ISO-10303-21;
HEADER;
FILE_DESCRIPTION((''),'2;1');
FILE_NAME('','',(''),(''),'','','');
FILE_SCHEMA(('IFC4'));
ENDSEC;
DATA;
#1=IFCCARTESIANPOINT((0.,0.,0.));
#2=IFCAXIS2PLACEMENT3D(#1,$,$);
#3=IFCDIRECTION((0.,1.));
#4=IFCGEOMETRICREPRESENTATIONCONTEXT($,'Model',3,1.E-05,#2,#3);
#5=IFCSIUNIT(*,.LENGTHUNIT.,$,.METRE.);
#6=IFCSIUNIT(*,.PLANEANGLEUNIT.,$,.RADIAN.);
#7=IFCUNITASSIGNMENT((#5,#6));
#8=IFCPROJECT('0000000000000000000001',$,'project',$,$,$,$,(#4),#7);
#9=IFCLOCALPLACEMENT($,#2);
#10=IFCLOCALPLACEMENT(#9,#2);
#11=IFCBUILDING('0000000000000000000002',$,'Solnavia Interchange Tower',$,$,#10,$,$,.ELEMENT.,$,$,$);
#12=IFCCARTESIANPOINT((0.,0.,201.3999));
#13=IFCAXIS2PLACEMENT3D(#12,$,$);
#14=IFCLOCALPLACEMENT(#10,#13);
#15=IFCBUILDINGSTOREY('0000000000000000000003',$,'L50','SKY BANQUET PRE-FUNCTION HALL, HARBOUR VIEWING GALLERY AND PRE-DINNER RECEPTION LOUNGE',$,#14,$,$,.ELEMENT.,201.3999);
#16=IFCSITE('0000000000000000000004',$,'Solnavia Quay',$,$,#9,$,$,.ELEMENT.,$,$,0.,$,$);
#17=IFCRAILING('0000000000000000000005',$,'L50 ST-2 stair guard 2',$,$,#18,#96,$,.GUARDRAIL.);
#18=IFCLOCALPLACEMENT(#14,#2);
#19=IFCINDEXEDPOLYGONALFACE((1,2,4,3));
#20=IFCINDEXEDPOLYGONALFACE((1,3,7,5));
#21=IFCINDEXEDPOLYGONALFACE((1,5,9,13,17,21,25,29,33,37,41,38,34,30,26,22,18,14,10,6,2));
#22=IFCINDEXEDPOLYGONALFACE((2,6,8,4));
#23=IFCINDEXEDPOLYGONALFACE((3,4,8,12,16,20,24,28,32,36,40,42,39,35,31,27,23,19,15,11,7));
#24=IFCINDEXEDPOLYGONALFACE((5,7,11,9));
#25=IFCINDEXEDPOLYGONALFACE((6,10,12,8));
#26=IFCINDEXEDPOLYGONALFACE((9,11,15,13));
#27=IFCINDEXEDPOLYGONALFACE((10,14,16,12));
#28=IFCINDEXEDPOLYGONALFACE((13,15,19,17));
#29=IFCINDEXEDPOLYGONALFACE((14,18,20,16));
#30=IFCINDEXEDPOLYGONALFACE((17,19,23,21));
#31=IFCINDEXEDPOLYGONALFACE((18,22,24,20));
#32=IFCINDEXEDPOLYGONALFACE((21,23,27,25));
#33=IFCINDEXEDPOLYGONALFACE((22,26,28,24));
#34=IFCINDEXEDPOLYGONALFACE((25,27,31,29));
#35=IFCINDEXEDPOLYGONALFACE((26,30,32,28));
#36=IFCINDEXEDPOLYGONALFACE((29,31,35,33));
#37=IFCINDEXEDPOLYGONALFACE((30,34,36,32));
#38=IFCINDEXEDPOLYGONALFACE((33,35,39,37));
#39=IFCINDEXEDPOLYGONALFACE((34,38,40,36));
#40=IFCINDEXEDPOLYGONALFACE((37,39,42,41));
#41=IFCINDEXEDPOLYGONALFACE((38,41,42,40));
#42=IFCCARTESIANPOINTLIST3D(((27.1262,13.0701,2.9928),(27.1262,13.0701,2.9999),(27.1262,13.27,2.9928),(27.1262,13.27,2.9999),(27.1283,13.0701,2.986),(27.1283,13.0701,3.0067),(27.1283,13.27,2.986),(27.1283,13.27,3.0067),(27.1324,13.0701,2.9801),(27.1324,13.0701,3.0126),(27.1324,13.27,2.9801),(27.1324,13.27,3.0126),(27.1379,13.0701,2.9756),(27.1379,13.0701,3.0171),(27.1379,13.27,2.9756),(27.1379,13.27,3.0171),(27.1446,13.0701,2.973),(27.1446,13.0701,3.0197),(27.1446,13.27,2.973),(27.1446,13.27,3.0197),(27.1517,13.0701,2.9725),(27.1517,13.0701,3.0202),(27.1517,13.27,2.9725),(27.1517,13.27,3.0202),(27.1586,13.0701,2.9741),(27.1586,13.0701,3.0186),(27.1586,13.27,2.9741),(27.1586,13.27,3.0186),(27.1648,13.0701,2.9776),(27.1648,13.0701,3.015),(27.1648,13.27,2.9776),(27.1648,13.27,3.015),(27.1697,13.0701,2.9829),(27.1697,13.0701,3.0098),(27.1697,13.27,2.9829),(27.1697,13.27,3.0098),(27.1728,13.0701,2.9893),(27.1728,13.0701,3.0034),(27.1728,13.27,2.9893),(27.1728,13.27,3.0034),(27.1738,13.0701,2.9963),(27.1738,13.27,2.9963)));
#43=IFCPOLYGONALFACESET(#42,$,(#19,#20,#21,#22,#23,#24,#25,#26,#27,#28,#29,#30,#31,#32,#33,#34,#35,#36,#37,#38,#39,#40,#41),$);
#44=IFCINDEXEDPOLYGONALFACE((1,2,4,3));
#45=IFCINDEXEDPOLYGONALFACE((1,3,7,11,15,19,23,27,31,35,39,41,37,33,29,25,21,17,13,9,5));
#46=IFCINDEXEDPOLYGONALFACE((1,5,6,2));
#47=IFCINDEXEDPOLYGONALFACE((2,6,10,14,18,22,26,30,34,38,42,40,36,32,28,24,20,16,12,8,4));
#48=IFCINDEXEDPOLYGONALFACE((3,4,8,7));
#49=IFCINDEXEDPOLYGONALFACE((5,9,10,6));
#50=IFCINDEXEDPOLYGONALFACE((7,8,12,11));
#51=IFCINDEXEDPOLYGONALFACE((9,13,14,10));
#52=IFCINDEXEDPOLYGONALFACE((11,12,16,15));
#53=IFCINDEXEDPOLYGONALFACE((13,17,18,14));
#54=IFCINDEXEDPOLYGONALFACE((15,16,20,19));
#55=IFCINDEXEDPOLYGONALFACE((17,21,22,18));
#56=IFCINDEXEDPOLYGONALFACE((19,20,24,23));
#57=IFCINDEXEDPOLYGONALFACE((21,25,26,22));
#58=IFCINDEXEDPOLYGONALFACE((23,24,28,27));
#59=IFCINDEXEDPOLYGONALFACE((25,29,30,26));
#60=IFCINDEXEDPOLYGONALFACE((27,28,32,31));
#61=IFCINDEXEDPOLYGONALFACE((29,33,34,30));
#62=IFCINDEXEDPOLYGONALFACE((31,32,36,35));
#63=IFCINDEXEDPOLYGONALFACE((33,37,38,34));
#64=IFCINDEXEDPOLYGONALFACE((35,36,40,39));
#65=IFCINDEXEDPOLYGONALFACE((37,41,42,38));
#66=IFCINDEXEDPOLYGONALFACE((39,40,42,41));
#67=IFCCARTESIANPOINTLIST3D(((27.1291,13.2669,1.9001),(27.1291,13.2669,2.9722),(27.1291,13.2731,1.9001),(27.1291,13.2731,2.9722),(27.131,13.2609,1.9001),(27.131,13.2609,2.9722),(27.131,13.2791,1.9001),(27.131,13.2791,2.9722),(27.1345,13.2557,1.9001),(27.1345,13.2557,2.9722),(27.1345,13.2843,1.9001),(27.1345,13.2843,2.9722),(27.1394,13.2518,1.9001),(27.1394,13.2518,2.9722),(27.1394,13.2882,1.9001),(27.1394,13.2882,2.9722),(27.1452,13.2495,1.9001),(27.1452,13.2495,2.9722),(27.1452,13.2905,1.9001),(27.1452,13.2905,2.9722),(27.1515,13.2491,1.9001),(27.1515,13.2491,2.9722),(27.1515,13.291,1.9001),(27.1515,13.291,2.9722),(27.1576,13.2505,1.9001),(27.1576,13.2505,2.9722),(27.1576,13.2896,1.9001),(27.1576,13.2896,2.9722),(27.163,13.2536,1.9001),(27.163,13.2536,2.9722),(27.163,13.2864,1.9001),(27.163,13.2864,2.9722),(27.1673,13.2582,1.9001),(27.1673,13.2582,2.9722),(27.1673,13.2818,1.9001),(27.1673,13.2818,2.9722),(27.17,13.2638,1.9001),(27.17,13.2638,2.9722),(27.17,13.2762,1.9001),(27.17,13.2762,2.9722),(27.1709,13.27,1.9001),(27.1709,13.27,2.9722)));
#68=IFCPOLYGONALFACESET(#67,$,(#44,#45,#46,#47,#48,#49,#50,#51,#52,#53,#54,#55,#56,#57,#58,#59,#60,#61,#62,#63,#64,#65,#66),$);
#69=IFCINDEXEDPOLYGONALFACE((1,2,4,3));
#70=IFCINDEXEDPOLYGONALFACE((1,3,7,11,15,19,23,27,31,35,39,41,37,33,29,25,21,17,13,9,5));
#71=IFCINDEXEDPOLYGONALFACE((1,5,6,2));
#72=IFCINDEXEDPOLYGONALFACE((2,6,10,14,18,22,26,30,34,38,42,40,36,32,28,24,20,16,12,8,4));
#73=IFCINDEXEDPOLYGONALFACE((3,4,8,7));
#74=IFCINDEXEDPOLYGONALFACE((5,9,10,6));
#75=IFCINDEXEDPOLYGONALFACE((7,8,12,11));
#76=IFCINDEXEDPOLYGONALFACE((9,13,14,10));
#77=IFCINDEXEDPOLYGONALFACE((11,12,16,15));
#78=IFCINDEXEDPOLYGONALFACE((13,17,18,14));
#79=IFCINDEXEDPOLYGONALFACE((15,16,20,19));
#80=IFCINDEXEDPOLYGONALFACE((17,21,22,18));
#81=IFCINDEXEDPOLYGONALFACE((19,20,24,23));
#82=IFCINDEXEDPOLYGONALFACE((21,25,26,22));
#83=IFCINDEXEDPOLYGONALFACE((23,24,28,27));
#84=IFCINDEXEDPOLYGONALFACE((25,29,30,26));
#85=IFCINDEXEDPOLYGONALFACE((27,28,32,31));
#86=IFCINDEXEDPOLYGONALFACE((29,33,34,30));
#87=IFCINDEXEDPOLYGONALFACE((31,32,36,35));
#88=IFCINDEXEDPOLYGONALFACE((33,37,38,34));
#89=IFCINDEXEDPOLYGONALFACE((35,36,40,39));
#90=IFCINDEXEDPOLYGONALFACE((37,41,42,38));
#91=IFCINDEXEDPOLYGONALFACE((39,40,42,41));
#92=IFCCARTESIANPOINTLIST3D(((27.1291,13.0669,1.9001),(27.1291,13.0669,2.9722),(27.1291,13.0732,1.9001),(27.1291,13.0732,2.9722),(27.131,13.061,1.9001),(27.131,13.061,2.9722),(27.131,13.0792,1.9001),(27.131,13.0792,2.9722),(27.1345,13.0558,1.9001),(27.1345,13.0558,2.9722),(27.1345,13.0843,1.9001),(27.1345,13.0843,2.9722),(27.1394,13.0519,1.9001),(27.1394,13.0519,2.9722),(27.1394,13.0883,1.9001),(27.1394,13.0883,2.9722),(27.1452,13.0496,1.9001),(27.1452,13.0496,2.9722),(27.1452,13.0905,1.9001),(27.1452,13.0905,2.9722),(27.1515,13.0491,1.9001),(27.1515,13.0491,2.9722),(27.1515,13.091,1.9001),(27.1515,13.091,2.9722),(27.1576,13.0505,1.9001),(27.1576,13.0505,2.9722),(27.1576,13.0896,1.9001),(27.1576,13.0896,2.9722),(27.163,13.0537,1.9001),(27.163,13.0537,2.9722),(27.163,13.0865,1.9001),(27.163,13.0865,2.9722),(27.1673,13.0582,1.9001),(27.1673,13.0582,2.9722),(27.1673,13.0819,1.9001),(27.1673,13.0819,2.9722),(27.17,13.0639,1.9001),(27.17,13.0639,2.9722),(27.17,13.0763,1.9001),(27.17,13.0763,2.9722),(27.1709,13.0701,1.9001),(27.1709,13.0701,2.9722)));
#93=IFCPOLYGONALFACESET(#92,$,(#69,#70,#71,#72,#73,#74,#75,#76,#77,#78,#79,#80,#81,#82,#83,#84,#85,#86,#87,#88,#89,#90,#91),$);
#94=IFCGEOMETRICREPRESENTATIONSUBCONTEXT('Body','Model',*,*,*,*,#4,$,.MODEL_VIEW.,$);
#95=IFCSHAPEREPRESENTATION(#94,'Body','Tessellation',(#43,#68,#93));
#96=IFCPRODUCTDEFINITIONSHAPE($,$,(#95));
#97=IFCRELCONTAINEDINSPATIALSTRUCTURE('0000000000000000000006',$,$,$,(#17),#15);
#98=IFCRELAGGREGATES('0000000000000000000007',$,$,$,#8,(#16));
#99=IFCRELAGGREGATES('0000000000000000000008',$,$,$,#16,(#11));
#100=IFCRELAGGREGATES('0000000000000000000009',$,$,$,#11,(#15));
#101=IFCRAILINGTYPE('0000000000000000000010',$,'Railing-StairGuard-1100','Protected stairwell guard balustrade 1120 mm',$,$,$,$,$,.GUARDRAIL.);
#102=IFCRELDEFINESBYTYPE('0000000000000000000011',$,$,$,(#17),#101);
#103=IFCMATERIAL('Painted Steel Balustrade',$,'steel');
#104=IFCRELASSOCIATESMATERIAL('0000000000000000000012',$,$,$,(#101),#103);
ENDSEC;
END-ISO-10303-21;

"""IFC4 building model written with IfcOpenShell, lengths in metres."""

from ifc_helpers import new_model, si_unit, direction, frame, origin, origin_2d, place, context, subcontext, project, spatial, circle, extrude, material, type_object, element, save


model = new_model("IFC4")

# Units and contexts
model_context = context("Model", 3, precision=1e-05, world=origin(), true_north=direction((0.0, 1.0)))
body_context = subcontext(model_context, "Body", "Model", "MODEL_VIEW")
ifc_project = project(units=[si_unit("LENGTHUNIT", "METRE"), si_unit("PLANEANGLEUNIT", "RADIAN")], contexts=[model_context])

# Site, building, storey
site_placement = place(None, origin())
site = spatial("IfcSite", under=ifc_project, at=site_placement, Name="Solnavia Quay", CompositionType="ELEMENT", RefElevation=0.0)
building_placement = place(site_placement, origin())
building = spatial("IfcBuilding", under=site, at=building_placement, Name="Solnavia Interchange Tower", CompositionType="ELEMENT")
storey_placement = place(building_placement, frame((0.0, 0.0, 201.3999)))
storey = spatial("IfcBuildingStorey", under=building, at=storey_placement, Name="L50", Description="SKY BANQUET PRE-FUNCTION HALL, HARBOUR VIEWING GALLERY AND PRE-DINNER RECEPTION LOUNGE", CompositionType="ELEMENT", Elevation=201.3999)

# Railing
ifc_material_1 = material(Name="Painted Steel Balustrade", Category="steel")
railing_type_1 = type_object("IfcRailingType", Name="Railing-StairGuard-1100", Description="Protected stairwell guard balustrade 1120 mm", PredefinedType="GUARDRAIL", material=ifc_material_1)
railing_1_placement = place(storey_placement, frame((27.1499, 13.27, 1.9001)))
element("IfcRailing", 1, at=railing_1_placement, inside=storey, type_object=railing_type_1, Name="L50 ST-2 stair guard 2", PredefinedType="GUARDRAIL", context=body_context, shape_type="SweptSolid", body=[
    extrude(circle(Radius=0.0239, at=origin_2d()), frame((0.0, 0.0, 1.0962), z_axis=(0.0, -1.0, 0.0), x_axis=(1.0, 0.0, 0.0)), (0.0, 0.0, 1.0), 0.2),
    extrude(circle(Radius=0.021, at=origin_2d()), origin(), (0.0, 0.0, 1.0), 1.072),
    extrude(circle(Radius=0.021, at=origin_2d()), frame((0.0, -0.2, 0.0)), (0.0, 0.0, 1.0), 1.072),
])

save(model, "model.ifc")
